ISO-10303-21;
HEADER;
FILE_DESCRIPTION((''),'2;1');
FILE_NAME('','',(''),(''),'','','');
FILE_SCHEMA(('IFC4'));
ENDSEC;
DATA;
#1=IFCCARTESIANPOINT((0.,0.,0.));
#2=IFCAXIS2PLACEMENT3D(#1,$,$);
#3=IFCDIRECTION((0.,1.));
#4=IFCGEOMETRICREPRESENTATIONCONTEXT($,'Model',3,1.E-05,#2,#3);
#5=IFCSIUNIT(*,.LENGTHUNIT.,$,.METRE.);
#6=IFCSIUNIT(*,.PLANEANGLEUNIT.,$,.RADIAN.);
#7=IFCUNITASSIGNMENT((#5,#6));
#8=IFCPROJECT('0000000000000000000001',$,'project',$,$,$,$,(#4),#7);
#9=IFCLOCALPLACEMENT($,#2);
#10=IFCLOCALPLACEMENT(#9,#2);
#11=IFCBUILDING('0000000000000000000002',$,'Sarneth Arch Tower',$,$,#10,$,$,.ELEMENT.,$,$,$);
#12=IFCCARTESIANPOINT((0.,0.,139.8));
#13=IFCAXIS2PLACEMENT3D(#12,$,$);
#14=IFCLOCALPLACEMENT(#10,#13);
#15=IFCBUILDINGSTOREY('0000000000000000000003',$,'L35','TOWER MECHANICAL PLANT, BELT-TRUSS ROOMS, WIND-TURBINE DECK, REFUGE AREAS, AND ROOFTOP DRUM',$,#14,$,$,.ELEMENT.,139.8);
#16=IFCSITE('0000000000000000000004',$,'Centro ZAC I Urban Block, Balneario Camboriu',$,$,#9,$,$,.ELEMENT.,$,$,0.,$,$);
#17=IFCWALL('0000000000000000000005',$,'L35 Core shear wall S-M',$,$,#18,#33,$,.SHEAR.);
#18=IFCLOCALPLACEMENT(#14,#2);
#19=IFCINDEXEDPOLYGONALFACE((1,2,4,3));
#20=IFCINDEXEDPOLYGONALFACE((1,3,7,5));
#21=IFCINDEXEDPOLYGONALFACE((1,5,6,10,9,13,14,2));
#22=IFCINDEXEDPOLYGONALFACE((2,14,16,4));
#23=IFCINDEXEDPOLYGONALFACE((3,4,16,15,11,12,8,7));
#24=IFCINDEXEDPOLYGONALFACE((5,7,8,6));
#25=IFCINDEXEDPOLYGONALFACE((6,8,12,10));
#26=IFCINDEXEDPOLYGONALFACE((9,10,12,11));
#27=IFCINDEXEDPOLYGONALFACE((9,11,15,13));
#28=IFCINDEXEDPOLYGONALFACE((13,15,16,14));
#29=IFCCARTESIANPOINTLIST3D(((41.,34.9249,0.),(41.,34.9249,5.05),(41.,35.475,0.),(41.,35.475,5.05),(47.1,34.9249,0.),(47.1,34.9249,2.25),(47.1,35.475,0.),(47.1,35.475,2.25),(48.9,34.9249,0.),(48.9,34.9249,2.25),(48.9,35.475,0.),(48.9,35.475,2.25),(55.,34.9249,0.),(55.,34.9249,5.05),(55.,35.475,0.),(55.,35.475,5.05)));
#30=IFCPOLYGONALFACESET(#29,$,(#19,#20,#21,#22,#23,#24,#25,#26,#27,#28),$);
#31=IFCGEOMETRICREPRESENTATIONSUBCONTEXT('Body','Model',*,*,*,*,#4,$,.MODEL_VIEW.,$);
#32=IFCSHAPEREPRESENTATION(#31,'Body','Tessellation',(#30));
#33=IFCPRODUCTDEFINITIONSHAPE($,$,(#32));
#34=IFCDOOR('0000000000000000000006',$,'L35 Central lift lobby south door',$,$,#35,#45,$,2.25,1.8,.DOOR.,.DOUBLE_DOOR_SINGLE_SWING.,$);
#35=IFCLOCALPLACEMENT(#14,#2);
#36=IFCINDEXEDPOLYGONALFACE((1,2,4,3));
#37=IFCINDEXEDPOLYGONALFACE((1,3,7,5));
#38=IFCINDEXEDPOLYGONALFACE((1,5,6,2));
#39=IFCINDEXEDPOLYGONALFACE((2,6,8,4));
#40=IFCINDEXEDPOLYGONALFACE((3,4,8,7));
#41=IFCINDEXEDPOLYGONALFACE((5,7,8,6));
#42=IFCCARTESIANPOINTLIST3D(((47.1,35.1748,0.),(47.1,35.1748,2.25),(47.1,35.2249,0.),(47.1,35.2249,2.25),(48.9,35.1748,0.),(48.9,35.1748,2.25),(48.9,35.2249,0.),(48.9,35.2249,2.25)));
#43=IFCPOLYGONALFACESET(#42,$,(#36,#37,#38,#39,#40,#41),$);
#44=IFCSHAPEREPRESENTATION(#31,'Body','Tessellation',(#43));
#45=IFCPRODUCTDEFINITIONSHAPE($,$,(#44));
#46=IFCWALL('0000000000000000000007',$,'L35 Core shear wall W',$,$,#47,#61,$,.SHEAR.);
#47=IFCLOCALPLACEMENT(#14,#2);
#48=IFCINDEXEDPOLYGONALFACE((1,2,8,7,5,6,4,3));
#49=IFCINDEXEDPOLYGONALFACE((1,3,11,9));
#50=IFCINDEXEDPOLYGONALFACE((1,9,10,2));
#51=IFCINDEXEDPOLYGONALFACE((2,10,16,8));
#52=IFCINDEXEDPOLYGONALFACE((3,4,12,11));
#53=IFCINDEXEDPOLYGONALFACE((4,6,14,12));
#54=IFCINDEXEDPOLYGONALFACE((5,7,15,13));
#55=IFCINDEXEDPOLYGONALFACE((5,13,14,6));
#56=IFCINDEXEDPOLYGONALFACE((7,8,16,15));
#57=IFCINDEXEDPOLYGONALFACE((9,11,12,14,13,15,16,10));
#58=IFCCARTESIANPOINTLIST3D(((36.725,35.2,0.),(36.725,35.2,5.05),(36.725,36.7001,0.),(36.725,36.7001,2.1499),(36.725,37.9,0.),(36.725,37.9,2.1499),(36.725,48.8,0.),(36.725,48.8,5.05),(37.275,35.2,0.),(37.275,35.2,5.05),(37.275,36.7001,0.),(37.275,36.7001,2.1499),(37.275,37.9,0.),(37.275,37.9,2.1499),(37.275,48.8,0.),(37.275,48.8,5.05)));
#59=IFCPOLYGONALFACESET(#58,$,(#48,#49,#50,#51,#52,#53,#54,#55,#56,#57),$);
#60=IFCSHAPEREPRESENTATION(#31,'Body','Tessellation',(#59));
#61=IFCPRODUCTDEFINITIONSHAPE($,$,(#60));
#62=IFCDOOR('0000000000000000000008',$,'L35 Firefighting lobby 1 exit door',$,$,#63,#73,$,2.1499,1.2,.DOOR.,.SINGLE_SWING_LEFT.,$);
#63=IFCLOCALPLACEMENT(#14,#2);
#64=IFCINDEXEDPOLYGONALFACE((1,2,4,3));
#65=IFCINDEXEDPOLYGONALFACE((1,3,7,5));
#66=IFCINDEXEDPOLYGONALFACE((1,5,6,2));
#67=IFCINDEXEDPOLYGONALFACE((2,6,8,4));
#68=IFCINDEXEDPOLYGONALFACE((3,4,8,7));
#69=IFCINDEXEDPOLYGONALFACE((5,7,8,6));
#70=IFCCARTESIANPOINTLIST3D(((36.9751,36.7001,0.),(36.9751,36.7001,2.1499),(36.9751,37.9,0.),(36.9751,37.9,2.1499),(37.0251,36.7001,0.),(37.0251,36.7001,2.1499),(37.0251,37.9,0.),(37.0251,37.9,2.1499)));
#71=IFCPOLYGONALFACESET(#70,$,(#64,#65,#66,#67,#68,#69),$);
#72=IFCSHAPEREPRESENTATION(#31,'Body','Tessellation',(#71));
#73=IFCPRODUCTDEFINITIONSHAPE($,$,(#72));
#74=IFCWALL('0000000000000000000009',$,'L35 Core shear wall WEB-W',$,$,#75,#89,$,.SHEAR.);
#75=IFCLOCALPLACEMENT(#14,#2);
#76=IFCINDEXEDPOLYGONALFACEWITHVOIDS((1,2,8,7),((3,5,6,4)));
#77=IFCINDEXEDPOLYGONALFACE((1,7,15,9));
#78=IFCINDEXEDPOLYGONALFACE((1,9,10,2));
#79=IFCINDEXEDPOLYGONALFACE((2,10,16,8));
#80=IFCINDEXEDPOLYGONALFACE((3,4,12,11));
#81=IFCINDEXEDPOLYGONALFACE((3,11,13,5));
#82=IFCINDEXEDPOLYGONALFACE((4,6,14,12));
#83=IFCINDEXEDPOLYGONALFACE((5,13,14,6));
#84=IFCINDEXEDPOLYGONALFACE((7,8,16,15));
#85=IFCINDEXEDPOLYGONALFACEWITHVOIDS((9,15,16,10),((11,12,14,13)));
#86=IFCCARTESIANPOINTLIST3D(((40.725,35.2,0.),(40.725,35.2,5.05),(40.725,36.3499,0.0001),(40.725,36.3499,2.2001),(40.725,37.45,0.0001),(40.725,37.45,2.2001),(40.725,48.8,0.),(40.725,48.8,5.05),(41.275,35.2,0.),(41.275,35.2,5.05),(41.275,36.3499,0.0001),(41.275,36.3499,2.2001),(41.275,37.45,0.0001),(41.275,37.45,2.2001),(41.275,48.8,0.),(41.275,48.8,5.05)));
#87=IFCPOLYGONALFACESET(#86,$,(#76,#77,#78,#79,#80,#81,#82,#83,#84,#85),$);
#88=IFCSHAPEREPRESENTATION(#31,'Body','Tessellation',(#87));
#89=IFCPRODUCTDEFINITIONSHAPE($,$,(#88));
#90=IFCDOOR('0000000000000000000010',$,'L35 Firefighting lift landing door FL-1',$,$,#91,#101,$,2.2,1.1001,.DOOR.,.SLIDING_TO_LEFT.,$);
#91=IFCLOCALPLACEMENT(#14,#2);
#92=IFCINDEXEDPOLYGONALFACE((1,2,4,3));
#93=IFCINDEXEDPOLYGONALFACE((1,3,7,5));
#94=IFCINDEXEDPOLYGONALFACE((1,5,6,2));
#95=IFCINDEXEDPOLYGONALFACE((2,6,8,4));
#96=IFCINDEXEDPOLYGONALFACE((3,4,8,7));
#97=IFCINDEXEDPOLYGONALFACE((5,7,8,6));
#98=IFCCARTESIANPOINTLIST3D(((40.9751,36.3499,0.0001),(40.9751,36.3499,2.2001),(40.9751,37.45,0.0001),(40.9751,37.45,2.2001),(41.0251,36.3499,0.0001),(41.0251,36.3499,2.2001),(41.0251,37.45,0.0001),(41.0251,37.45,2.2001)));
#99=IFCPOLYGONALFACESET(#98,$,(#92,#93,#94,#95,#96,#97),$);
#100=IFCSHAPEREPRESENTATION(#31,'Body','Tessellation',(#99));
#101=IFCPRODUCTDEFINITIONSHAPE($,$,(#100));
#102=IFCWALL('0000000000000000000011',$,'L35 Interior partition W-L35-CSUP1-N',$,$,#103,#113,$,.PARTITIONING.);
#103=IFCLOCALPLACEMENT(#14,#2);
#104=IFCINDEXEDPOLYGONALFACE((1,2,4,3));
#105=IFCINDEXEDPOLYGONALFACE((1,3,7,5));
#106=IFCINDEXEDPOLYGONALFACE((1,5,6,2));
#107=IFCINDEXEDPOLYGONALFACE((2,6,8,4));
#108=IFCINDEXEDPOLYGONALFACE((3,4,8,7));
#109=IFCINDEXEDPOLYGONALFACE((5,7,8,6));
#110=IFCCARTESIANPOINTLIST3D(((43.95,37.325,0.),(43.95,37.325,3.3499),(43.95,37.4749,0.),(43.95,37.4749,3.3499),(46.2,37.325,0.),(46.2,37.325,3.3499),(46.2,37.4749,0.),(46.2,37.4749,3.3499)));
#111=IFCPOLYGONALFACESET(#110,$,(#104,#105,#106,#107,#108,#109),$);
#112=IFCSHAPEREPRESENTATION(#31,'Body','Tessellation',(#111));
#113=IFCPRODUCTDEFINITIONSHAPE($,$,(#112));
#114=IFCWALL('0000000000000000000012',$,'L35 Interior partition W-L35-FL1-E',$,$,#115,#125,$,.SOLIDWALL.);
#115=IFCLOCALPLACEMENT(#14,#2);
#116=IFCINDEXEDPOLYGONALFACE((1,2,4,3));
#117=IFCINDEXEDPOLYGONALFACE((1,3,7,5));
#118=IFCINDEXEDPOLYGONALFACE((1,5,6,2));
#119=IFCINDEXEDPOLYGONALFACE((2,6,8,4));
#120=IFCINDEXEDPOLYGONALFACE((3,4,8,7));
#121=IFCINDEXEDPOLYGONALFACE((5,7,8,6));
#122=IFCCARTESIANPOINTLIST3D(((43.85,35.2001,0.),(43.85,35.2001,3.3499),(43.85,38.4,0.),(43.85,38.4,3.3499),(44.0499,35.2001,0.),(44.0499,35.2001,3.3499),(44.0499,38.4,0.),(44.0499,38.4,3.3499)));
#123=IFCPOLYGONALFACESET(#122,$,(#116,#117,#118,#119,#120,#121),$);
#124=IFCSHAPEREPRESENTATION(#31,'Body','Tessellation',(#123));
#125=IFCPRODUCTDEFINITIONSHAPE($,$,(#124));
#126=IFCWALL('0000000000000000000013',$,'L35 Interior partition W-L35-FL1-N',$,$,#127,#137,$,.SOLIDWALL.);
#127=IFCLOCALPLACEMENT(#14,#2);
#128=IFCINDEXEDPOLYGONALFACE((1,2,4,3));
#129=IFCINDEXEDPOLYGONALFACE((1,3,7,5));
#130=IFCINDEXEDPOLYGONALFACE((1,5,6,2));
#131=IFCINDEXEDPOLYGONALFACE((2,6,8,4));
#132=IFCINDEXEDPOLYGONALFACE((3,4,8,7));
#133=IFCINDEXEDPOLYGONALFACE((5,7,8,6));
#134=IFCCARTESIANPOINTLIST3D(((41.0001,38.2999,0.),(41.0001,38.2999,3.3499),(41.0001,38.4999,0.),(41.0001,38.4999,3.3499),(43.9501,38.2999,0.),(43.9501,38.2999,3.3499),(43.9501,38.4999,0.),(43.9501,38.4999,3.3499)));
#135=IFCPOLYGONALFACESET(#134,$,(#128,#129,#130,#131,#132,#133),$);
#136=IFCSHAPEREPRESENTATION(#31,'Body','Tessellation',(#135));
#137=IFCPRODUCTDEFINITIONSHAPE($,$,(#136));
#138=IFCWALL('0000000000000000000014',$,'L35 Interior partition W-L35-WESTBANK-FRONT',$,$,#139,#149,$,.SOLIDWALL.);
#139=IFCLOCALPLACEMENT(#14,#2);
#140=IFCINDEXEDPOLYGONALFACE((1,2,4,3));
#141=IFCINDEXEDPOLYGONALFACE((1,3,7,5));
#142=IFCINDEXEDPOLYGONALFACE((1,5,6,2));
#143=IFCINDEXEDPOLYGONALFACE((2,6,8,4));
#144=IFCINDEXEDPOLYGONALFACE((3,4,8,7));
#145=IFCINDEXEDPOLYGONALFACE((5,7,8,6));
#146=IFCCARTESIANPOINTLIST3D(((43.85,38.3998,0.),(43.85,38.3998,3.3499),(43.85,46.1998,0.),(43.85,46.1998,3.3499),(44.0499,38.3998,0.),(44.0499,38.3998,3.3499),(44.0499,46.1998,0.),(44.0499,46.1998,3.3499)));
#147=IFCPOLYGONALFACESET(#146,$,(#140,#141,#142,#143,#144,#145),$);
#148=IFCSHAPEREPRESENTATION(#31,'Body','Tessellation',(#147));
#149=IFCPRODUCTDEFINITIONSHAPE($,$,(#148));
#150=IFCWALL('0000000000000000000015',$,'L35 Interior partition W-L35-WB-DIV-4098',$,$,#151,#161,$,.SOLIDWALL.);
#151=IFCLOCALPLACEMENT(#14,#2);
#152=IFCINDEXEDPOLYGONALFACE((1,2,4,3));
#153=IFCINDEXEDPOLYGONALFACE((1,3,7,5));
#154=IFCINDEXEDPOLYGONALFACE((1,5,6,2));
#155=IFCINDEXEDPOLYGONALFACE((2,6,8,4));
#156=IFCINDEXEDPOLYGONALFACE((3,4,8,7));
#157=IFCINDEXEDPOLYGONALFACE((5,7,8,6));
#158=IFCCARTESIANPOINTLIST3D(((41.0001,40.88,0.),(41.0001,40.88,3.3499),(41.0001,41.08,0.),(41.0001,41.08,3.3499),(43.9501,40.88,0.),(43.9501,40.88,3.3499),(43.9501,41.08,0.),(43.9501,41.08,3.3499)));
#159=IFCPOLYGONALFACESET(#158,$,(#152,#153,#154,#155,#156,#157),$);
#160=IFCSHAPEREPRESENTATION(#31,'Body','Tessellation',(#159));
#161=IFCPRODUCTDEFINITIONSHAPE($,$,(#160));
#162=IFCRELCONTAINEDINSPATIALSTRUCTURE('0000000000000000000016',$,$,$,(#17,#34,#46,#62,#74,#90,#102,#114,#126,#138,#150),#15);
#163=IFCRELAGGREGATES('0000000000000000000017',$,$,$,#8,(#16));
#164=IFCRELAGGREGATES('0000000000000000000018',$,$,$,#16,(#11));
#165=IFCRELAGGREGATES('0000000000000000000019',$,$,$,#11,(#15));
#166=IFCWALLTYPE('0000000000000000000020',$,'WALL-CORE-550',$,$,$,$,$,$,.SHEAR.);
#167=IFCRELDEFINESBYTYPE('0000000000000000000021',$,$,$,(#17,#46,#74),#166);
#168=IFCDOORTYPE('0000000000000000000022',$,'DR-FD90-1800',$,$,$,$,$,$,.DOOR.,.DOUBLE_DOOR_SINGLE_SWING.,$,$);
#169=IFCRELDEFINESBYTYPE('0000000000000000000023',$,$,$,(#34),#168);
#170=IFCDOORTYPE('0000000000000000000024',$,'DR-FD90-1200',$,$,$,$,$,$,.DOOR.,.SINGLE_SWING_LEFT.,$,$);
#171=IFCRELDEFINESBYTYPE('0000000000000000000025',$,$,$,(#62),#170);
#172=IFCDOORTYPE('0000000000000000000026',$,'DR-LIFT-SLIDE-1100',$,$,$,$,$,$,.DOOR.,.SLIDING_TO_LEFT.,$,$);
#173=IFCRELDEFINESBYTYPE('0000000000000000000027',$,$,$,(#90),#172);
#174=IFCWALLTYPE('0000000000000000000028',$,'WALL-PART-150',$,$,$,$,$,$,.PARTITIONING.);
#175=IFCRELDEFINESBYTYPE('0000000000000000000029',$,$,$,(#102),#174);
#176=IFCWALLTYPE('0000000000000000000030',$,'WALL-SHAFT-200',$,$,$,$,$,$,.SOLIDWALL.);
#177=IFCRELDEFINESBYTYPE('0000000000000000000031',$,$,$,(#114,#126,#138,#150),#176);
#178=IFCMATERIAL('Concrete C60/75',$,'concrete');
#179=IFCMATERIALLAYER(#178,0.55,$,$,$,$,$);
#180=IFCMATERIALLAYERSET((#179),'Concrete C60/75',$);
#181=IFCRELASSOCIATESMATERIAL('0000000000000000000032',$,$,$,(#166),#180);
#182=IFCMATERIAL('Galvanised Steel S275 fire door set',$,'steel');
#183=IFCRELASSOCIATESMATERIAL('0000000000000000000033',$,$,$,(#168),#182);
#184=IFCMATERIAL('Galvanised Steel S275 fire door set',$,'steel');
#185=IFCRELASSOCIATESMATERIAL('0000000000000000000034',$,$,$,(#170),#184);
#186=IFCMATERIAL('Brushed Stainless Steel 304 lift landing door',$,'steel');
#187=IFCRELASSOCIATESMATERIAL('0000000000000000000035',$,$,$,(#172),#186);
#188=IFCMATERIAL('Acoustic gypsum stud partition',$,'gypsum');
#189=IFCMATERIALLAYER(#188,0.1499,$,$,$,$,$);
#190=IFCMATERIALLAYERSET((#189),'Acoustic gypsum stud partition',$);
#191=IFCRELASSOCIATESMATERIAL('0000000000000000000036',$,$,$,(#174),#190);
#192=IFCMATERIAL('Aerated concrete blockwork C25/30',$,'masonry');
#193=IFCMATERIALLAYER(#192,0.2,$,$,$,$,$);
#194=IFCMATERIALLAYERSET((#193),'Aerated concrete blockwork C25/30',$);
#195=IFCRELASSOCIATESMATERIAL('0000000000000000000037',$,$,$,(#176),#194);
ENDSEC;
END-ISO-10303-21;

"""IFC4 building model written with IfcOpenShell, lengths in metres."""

from ifc_helpers import new_model, si_unit, direction, frame, frame_2d, origin, place, context, subcontext, project, spatial, rectangle, extrude, material, layer, layer_set, type_object, element, fill, save


model = new_model("IFC4")

# Units and contexts
model_context = context("Model", 3, precision=1e-05, world=origin(), true_north=direction((0.0, 1.0)))
body_context = subcontext(model_context, "Body", "Model", "MODEL_VIEW")
ifc_project = project(units=[si_unit("LENGTHUNIT", "METRE"), si_unit("PLANEANGLEUNIT", "RADIAN")], contexts=[model_context])

# Site, building, storey
site_placement = place(None, origin())
site = spatial("IfcSite", under=ifc_project, at=site_placement, Name="Centro ZAC I Urban Block, Balneario Camboriu", CompositionType="ELEMENT", RefElevation=0.0)
building_placement = place(site_placement, origin())
building = spatial("IfcBuilding", under=site, at=building_placement, Name="Sarneth Arch Tower", CompositionType="ELEMENT")
storey_placement = place(building_placement, frame((0.0, 0.0, 139.8)))
storey = spatial("IfcBuildingStorey", under=building, at=storey_placement, Name="L35", Description="TOWER MECHANICAL PLANT, BELT-TRUSS ROOMS, WIND-TURBINE DECK, REFUGE AREAS, AND ROOFTOP DRUM", CompositionType="ELEMENT", Elevation=139.8)

# Shared definitions
ifc_material_1 = material(Name="Concrete C60/75", Category="concrete")
ifc_layer_1 = layer(ifc_material_1, 0.55)
ifc_layer_set_1 = layer_set([ifc_layer_1], Name="Concrete C60/75")
wall_type_1 = type_object("IfcWallType", Name="WALL-CORE-550", PredefinedType="SHEAR", material=ifc_layer_set_1)

# Walls, openings, doors
wall_1_placement = place(storey_placement, frame((41.0, 35.2, 0.0), z_axis=(0.0, 0.0, 1.0), x_axis=(1.0, 0.0, 0.0)))
wall_1 = element("IfcWall", 1, at=wall_1_placement, inside=storey, type_object=wall_type_1, Name="L35 Core shear wall S-M", PredefinedType="SHEAR", context=body_context, shape_type="SweptSolid", body=[
    extrude(rectangle(XDim=14.0, YDim=0.55, at=frame_2d((7.0, 0.0))), origin(), (0.0, 0.0, 1.0), 5.05),
])
opening_1_placement = place(wall_1_placement, frame((6.1001, 0.0, 0.0)))
opening_1 = element("IfcOpeningElement", 2, at=opening_1_placement, cuts=wall_1, PredefinedType="OPENING", context=body_context, shape_type="SweptSolid", body=[
    extrude(rectangle(XDim=1.8, YDim=2.25, at=frame_2d((0.8999, 1.125))), frame((0.0, 0.2849, 0.0), z_axis=(0.0, -1.0, 0.0), x_axis=(1.0, 0.0, 0.0)), (0.0, 0.0, 1.0), 0.5701),
])
ifc_material_2 = material(Name="Galvanised Steel S275 fire door set", Category="steel")
door_type_1 = type_object("IfcDoorType", Name="DR-FD90-1800", OperationType="DOUBLE_DOOR_SINGLE_SWING", PredefinedType="DOOR", material=ifc_material_2)
door_1_placement = place(opening_1_placement, origin())
door_1 = element("IfcDoor", 3, at=door_1_placement, inside=storey, type_object=door_type_1, Name="L35 Central lift lobby south door", OperationType="DOUBLE_DOOR_SINGLE_SWING", OverallHeight=2.25, OverallWidth=1.8, PredefinedType="DOOR", context=body_context, shape_type="SweptSolid", body=[
    extrude(rectangle(XDim=1.8, YDim=2.25, at=frame_2d((0.8999, 1.125))), frame((0.0, 0.0249, 0.0), z_axis=(0.0, -1.0, 0.0), x_axis=(1.0, 0.0, 0.0)), (0.0, 0.0, 1.0), 0.05),
])
fill(opening_1, door_1)
wall_2_placement = place(storey_placement, frame((37.0, 35.2, 0.0), z_axis=(0.0, 0.0, 1.0), x_axis=(0.0, 1.0, 0.0)))
wall_2 = element("IfcWall", 4, at=wall_2_placement, inside=storey, type_object=wall_type_1, Name="L35 Core shear wall W", PredefinedType="SHEAR", context=body_context, shape_type="SweptSolid", body=[
    extrude(rectangle(XDim=13.6001, YDim=0.55, at=frame_2d((6.8, 0.0))), origin(), (0.0, 0.0, 1.0), 5.05),
])
opening_2_placement = place(wall_2_placement, frame((1.5, 0.0, 0.0)))
opening_2 = element("IfcOpeningElement", 5, at=opening_2_placement, cuts=wall_2, PredefinedType="OPENING", context=body_context, shape_type="SweptSolid", body=[
    extrude(rectangle(XDim=1.2, YDim=2.1499, at=frame_2d((0.6001, 1.075))), frame((0.0, 0.2849, 0.0), z_axis=(0.0, -1.0, 0.0), x_axis=(1.0, 0.0, 0.0)), (0.0, 0.0, 1.0), 0.5701),
])
ifc_material_3 = material(Name="Galvanised Steel S275 fire door set", Category="steel")
door_type_2 = type_object("IfcDoorType", Name="DR-FD90-1200", OperationType="SINGLE_SWING_LEFT", PredefinedType="DOOR", material=ifc_material_3)
door_2_placement = place(opening_2_placement, origin())
door_2 = element("IfcDoor", 6, at=door_2_placement, inside=storey, type_object=door_type_2, Name="L35 Firefighting lobby 1 exit door", OperationType="SINGLE_SWING_LEFT", OverallHeight=2.1499, OverallWidth=1.2, PredefinedType="DOOR", context=body_context, shape_type="SweptSolid", body=[
    extrude(rectangle(XDim=1.2, YDim=2.1499, at=frame_2d((0.6001, 1.075))), frame((0.0, 0.0249, 0.0), z_axis=(0.0, -1.0, 0.0), x_axis=(1.0, 0.0, 0.0)), (0.0, 0.0, 1.0), 0.05),
])
fill(opening_2, door_2)
wall_3_placement = place(storey_placement, frame((41.0, 35.2, 0.0), z_axis=(0.0, 0.0, 1.0), x_axis=(0.0, 1.0, 0.0)))
wall_3 = element("IfcWall", 7, at=wall_3_placement, inside=storey, type_object=wall_type_1, Name="L35 Core shear wall WEB-W", PredefinedType="SHEAR", context=body_context, shape_type="SweptSolid", body=[
    extrude(rectangle(XDim=13.6001, YDim=0.55, at=frame_2d((6.8, 0.0))), origin(), (0.0, 0.0, 1.0), 5.05),
])
opening_3_placement = place(wall_3_placement, frame((1.1499, 0.0, 0.0)))
opening_3 = element("IfcOpeningElement", 8, at=opening_3_placement, cuts=wall_3, PredefinedType="OPENING", context=body_context, shape_type="SweptSolid", body=[
    extrude(rectangle(XDim=1.1001, YDim=2.2, at=frame_2d((0.55, 1.1001))), frame((0.0, 0.2849, 0.0), z_axis=(0.0, -1.0, 0.0), x_axis=(1.0, 0.0, 0.0)), (0.0, 0.0, 1.0), 0.5701),
])
ifc_material_4 = material(Name="Brushed Stainless Steel 304 lift landing door", Category="steel")
door_type_3 = type_object("IfcDoorType", Name="DR-LIFT-SLIDE-1100", OperationType="SLIDING_TO_LEFT", PredefinedType="DOOR", material=ifc_material_4)
door_3_placement = place(opening_3_placement, origin())
door_3 = element("IfcDoor", 9, at=door_3_placement, inside=storey, type_object=door_type_3, Name="L35 Firefighting lift landing door FL-1", OperationType="SLIDING_TO_LEFT", OverallHeight=2.2, OverallWidth=1.1001, PredefinedType="DOOR", context=body_context, shape_type="SweptSolid", body=[
    extrude(rectangle(XDim=1.1001, YDim=2.2, at=frame_2d((0.55, 1.1001))), frame((0.0, 0.0249, 0.0), z_axis=(0.0, -1.0, 0.0), x_axis=(1.0, 0.0, 0.0)), (0.0, 0.0, 1.0), 0.05),
])
fill(opening_3, door_3)

# Wall
ifc_material_5 = material(Name="Acoustic gypsum stud partition", Category="gypsum")
ifc_layer_2 = layer(ifc_material_5, 0.1499)
ifc_layer_set_2 = layer_set([ifc_layer_2], Name="Acoustic gypsum stud partition")
wall_type_2 = type_object("IfcWallType", Name="WALL-PART-150", PredefinedType="PARTITIONING", material=ifc_layer_set_2)
wall_4_placement = place(storey_placement, frame((43.95, 37.3999, 0.0), z_axis=(0.0, 0.0, 1.0), x_axis=(1.0, 0.0, 0.0)))
element("IfcWall", 10, at=wall_4_placement, inside=storey, type_object=wall_type_2, Name="L35 Interior partition W-L35-CSUP1-N", PredefinedType="PARTITIONING", context=body_context, shape_type="SweptSolid", body=[
    extrude(rectangle(XDim=2.25, YDim=0.1499, at=frame_2d((1.125, 0.0))), origin(), (0.0, 0.0, 1.0), 3.3499),
])

# Shared definitions
ifc_material_6 = material(Name="Aerated concrete blockwork C25/30", Category="masonry")
ifc_layer_3 = layer(ifc_material_6, 0.2)
ifc_layer_set_3 = layer_set([ifc_layer_3], Name="Aerated concrete blockwork C25/30")
wall_type_3 = type_object("IfcWallType", Name="WALL-SHAFT-200", PredefinedType="SOLIDWALL", material=ifc_layer_set_3)

# Walls
wall_5_placement = place(storey_placement, frame((43.95, 35.2, 0.0), z_axis=(0.0, 0.0, 1.0), x_axis=(0.0, 1.0, 0.0)))
element("IfcWall", 11, at=wall_5_placement, inside=storey, type_object=wall_type_3, Name="L35 Interior partition W-L35-FL1-E", PredefinedType="SOLIDWALL", context=body_context, shape_type="SweptSolid", body=[
    extrude(rectangle(XDim=3.2, YDim=0.2, at=frame_2d((1.6001, 0.0))), origin(), (0.0, 0.0, 1.0), 3.3499),
])
wall_6_placement = place(storey_placement, frame((41.0, 38.3999, 0.0), z_axis=(0.0, 0.0, 1.0), x_axis=(1.0, 0.0, 0.0)))
element("IfcWall", 12, at=wall_6_placement, inside=storey, type_object=wall_type_3, Name="L35 Interior partition W-L35-FL1-N", PredefinedType="SOLIDWALL", context=body_context, shape_type="SweptSolid", body=[
    extrude(rectangle(XDim=2.95, YDim=0.2, at=frame_2d((1.4751, 0.0))), origin(), (0.0, 0.0, 1.0), 3.3499),
])
wall_7_placement = place(storey_placement, frame((43.95, 38.3999, 0.0), z_axis=(0.0, 0.0, 1.0), x_axis=(0.0, 1.0, 0.0)))
element("IfcWall", 13, at=wall_7_placement, inside=storey, type_object=wall_type_3, Name="L35 Interior partition W-L35-WESTBANK-FRONT", PredefinedType="SOLIDWALL", context=body_context, shape_type="SweptSolid", body=[
    extrude(rectangle(XDim=7.8, YDim=0.2, at=frame_2d((3.8999, 0.0))), origin(), (0.0, 0.0, 1.0), 3.3499),
])
wall_8_placement = place(storey_placement, frame((41.0, 40.98, 0.0), z_axis=(0.0, 0.0, 1.0), x_axis=(1.0, 0.0, 0.0)))
element("IfcWall", 14, at=wall_8_placement, inside=storey, type_object=wall_type_3, Name="L35 Interior partition W-L35-WB-DIV-4098", PredefinedType="SOLIDWALL", context=body_context, shape_type="SweptSolid", body=[
    extrude(rectangle(XDim=2.95, YDim=0.2, at=frame_2d((1.4751, 0.0))), origin(), (0.0, 0.0, 1.0), 3.3499),
])

save(model, "model.ifc")
